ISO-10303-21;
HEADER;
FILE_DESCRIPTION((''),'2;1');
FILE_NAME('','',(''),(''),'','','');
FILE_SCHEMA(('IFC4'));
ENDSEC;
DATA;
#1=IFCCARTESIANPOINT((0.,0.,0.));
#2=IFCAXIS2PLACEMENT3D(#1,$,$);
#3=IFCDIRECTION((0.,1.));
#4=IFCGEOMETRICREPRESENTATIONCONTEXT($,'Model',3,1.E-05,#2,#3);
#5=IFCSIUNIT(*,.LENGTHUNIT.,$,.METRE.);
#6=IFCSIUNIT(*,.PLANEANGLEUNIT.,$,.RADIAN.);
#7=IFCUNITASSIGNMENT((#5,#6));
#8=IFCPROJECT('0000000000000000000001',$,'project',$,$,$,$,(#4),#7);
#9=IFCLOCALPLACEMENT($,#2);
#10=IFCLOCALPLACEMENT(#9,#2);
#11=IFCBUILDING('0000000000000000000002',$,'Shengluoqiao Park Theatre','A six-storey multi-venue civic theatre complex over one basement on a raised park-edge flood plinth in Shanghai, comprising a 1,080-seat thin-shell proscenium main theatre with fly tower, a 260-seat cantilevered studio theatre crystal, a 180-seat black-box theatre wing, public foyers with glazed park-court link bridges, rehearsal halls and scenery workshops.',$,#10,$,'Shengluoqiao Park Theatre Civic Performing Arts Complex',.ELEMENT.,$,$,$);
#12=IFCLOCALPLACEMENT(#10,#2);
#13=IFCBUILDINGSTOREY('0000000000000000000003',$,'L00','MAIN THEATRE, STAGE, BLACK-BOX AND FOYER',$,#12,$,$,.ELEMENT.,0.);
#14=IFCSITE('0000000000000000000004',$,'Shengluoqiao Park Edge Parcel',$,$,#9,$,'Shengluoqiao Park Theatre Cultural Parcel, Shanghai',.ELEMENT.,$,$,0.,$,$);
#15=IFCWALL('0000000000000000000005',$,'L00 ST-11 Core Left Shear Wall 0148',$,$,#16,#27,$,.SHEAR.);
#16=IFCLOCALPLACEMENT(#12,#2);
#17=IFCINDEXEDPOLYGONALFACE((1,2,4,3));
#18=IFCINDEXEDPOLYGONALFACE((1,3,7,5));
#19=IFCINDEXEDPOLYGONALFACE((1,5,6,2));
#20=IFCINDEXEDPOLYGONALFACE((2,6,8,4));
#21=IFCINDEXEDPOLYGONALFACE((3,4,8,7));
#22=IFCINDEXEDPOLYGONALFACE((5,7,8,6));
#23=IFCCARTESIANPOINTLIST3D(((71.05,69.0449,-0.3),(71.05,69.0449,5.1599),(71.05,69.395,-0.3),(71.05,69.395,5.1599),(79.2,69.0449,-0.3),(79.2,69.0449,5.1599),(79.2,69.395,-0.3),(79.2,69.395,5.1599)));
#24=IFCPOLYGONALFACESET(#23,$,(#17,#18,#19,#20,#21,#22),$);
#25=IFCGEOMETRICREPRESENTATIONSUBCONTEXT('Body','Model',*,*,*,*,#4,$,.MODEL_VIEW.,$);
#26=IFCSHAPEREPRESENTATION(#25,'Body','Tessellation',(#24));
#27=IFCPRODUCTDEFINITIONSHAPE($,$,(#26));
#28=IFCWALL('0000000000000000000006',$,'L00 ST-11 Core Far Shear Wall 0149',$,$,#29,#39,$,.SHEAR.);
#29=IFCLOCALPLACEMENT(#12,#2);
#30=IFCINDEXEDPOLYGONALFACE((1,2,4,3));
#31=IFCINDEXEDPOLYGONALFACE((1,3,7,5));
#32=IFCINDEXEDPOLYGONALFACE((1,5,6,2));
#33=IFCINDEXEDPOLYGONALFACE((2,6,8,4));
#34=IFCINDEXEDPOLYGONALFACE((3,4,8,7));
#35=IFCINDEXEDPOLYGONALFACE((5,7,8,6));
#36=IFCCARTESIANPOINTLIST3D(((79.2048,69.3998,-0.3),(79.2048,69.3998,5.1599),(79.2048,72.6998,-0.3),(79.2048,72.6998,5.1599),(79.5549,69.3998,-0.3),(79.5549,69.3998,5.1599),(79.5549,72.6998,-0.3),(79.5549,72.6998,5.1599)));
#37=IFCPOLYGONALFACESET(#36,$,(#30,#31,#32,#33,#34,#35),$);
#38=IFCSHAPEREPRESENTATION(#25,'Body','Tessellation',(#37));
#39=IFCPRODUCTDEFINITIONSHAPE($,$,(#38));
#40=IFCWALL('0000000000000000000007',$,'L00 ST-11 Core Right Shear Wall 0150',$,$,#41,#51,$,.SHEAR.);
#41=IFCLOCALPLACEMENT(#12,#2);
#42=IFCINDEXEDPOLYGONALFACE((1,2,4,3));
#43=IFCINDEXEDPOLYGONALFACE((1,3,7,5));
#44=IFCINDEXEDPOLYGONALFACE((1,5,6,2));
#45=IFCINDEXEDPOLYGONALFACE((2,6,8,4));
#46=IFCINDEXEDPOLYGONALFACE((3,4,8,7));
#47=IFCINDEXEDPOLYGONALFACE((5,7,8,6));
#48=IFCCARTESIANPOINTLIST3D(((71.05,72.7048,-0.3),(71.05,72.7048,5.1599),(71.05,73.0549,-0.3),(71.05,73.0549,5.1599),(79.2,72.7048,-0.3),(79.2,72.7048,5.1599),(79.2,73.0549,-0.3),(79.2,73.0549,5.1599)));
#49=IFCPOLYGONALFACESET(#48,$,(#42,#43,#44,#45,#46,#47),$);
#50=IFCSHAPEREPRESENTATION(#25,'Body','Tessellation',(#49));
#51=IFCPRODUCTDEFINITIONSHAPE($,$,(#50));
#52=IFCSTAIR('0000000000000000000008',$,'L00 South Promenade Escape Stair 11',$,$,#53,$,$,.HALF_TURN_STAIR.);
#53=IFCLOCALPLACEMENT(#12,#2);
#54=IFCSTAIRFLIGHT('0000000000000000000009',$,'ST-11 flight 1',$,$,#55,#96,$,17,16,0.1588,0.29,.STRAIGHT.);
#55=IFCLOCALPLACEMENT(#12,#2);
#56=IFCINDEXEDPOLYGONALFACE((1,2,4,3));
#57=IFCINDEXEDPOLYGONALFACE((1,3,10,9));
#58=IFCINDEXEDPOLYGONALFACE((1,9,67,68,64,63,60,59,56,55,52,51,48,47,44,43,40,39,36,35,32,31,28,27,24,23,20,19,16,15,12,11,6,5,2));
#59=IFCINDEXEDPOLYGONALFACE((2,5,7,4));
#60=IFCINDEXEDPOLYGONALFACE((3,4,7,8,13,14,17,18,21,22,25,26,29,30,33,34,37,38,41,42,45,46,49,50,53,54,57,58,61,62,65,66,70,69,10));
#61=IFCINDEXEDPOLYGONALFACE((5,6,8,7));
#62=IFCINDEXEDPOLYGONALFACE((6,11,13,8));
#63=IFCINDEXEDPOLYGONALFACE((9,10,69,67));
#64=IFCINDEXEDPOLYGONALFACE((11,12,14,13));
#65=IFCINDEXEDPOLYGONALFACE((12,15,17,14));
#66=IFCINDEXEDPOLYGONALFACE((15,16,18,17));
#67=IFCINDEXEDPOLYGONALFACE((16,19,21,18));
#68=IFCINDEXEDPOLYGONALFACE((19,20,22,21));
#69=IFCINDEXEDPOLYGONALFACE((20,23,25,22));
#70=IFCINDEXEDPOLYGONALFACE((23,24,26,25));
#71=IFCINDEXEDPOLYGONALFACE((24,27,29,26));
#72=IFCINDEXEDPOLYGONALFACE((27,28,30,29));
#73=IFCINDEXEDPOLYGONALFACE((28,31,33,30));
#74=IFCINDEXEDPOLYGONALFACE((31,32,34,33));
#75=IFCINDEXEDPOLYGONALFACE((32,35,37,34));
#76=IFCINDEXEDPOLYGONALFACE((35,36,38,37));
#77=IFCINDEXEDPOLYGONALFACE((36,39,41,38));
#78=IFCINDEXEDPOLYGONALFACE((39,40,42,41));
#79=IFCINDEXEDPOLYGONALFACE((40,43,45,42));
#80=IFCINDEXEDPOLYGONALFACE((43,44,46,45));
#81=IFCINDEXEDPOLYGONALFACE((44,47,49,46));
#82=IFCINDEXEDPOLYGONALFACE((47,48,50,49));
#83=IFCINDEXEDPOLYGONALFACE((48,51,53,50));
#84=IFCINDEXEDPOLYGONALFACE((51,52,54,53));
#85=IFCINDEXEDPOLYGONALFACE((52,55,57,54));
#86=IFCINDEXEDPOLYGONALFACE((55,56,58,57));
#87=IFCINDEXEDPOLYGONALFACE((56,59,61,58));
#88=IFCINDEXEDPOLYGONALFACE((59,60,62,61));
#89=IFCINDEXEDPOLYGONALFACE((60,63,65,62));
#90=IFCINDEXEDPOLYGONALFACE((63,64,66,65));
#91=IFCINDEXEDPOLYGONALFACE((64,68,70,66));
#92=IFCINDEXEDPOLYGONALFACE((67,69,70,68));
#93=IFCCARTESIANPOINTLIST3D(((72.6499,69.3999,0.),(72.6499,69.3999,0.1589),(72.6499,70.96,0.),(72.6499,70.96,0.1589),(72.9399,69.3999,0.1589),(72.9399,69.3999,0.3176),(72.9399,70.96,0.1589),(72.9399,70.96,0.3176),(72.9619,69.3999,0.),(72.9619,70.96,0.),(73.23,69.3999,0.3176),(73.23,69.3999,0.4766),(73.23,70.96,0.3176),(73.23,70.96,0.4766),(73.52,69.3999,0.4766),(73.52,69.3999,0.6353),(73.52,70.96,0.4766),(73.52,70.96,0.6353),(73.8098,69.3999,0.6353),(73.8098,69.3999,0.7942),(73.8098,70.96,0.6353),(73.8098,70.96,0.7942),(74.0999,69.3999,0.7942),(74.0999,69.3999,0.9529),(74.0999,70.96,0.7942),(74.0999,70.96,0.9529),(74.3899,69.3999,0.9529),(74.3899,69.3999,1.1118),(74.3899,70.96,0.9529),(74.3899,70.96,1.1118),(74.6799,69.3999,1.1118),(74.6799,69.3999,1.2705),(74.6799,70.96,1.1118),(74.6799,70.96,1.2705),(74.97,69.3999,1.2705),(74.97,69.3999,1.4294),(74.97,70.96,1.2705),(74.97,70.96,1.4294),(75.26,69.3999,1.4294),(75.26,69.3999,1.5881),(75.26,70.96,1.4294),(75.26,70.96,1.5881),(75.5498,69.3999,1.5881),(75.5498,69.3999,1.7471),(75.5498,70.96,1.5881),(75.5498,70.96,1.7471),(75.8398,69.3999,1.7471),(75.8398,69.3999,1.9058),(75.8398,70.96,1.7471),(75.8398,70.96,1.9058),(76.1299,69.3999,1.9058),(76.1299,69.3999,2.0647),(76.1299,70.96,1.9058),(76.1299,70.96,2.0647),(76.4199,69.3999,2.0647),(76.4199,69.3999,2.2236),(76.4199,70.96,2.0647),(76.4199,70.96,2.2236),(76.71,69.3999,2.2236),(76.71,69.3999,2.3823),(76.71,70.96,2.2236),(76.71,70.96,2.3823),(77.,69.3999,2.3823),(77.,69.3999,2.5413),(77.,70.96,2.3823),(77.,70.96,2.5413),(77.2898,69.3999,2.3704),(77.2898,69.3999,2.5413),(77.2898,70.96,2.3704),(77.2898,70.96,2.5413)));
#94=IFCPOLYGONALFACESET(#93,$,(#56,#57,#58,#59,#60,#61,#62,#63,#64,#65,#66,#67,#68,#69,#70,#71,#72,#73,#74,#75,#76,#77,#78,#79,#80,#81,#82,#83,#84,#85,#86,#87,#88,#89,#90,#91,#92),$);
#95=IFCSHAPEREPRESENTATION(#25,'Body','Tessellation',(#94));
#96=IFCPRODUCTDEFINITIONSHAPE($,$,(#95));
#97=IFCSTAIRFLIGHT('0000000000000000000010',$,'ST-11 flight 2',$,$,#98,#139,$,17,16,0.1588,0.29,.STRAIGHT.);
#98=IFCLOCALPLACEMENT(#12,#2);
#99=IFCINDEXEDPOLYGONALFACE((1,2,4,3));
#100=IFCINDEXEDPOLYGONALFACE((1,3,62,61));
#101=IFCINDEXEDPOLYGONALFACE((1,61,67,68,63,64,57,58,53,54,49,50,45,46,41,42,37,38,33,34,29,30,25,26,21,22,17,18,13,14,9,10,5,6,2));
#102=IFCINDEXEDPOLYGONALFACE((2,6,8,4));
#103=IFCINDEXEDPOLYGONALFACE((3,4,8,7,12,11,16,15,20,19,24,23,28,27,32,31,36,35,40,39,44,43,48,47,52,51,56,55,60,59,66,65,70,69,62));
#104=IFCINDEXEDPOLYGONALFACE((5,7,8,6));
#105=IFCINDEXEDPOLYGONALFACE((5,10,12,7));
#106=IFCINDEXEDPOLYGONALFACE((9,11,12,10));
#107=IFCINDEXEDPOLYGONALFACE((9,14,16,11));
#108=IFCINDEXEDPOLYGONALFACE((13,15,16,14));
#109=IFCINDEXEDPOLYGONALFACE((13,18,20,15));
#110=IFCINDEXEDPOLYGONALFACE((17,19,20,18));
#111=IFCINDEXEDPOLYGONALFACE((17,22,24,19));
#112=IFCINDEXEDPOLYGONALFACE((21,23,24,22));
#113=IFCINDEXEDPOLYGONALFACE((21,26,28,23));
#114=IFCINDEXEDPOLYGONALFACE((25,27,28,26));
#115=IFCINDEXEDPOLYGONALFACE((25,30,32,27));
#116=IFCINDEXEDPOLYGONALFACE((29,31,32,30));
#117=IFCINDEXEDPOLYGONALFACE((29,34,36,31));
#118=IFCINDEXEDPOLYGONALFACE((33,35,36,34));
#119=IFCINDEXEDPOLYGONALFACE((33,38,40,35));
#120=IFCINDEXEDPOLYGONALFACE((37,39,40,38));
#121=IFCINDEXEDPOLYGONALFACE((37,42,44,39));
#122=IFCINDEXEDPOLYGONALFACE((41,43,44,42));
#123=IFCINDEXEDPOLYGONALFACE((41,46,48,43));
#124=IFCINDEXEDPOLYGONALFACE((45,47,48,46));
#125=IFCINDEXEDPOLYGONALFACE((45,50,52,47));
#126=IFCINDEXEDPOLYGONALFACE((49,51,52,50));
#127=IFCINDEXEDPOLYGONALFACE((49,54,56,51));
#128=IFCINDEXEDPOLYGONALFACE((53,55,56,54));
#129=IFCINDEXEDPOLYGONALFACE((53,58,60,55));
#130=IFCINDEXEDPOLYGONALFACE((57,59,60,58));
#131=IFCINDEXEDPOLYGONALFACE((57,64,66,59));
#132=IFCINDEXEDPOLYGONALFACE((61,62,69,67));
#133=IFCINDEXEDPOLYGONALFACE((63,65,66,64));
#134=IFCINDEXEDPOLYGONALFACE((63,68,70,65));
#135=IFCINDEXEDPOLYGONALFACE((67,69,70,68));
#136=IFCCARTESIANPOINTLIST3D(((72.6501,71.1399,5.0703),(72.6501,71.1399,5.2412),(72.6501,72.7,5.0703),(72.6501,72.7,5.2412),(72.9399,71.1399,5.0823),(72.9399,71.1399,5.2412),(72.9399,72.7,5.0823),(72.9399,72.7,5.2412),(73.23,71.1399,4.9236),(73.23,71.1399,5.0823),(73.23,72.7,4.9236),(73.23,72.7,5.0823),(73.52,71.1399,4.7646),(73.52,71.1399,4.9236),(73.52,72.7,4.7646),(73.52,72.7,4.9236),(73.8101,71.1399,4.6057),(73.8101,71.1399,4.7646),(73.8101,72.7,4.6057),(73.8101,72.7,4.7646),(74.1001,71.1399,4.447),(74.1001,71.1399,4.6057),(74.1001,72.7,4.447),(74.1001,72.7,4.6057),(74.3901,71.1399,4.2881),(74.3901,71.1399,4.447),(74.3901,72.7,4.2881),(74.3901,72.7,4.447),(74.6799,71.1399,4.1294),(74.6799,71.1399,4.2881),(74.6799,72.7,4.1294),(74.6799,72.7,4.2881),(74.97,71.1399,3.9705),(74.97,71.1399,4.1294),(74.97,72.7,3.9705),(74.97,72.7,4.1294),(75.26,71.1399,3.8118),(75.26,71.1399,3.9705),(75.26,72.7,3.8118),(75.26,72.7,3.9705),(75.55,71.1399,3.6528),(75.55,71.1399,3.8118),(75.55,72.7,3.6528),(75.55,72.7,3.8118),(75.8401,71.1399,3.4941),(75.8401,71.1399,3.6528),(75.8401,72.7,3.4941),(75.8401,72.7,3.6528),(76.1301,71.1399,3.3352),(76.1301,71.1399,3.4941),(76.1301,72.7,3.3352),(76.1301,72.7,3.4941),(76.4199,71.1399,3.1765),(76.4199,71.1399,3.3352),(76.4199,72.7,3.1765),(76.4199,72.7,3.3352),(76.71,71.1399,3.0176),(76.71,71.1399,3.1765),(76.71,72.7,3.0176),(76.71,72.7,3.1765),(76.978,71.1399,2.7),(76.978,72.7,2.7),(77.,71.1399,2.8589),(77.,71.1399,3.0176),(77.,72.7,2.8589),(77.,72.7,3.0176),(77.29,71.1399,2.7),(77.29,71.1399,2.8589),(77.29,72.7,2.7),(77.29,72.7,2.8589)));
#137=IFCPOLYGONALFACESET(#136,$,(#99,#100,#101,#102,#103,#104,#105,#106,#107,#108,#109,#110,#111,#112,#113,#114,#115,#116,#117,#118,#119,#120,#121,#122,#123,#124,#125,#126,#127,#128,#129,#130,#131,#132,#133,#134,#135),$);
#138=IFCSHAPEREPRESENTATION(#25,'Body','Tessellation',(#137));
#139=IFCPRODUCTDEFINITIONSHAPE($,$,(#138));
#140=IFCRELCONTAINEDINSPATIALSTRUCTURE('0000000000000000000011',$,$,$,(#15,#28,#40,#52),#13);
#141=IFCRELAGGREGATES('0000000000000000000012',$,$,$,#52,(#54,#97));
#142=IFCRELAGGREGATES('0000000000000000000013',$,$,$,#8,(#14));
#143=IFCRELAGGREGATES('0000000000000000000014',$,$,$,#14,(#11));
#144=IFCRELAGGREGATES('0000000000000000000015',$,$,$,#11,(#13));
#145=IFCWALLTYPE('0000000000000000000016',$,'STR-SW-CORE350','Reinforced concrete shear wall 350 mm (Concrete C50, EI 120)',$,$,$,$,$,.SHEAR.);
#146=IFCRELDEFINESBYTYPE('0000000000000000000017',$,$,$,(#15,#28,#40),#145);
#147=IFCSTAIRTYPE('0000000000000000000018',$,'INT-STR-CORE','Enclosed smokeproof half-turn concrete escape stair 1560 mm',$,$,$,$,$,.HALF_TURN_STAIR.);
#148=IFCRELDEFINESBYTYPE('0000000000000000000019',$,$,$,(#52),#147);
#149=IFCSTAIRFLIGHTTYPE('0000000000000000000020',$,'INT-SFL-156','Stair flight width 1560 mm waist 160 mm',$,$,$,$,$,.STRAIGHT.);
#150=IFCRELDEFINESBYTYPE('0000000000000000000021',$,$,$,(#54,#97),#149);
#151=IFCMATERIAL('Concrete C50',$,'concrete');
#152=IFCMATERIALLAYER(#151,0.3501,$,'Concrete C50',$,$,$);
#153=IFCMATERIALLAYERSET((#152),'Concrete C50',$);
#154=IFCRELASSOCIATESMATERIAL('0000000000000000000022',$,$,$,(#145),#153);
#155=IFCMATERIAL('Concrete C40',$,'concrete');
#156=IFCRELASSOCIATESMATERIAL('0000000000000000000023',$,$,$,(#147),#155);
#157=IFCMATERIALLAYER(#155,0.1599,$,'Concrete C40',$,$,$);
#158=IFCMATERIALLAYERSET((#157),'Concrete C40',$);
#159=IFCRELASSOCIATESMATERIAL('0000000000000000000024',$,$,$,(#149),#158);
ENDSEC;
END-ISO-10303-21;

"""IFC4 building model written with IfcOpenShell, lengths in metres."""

from ifc_helpers import new_model, si_unit, direction, frame, frame_2d, origin, place, context, subcontext, project, spatial, polyline, rectangle, outline, extrude, material, layer, layer_set, type_object, element, aggregate, save


model = new_model("IFC4")

# Units and contexts
model_context = context("Model", 3, precision=1e-05, world=origin(), true_north=direction((0.0, 1.0)))
body_context = subcontext(model_context, "Body", "Model", "MODEL_VIEW")
ifc_project = project(units=[si_unit("LENGTHUNIT", "METRE"), si_unit("PLANEANGLEUNIT", "RADIAN")], contexts=[model_context])

# Site, building, storey
site_placement = place(None, origin())
site = spatial("IfcSite", under=ifc_project, at=site_placement, Name="Shengluoqiao Park Edge Parcel", LongName="Shengluoqiao Park Theatre Cultural Parcel, Shanghai", CompositionType="ELEMENT", RefElevation=0.0)
building_placement = place(site_placement, origin())
building = spatial("IfcBuilding", under=site, at=building_placement, Name="Shengluoqiao Park Theatre", Description="A six-storey multi-venue civic theatre complex over one basement on a raised park-edge flood plinth in Shanghai, comprising a 1,080-seat thin-shell proscenium main theatre with fly tower, a 260-seat cantilevered studio theatre crystal, a 180-seat black-box theatre wing, public foyers with glazed park-court link bridges, rehearsal halls and scenery workshops.", LongName="Shengluoqiao Park Theatre Civic Performing Arts Complex", CompositionType="ELEMENT")
storey_placement = place(building_placement, origin())
storey = spatial("IfcBuildingStorey", under=building, at=storey_placement, Name="L00", Description="MAIN THEATRE, STAGE, BLACK-BOX AND FOYER", CompositionType="ELEMENT", Elevation=0.0)

# Shared definitions
ifc_material_1 = material(Name="Concrete C40", Category="concrete")

# Shared definitions
ifc_material_2 = material(Name="Concrete C50", Category="concrete")

# Walls
ifc_layer_1 = layer(ifc_material_2, 0.3501, Name="Concrete C50")
ifc_layer_set_1 = layer_set([ifc_layer_1], Name="Concrete C50")
wall_type_1 = type_object("IfcWallType", Name="STR-SW-CORE350", Description="Reinforced concrete shear wall 350 mm (Concrete C50, EI 120)", PredefinedType="SHEAR", material=ifc_layer_set_1)
wall_1_placement = place(storey_placement, frame((71.05, 69.22, -0.3), z_axis=(0.0, 0.0, 1.0), x_axis=(1.0, 0.0, 0.0)))
element("IfcWall", 1, at=wall_1_placement, inside=storey, type_object=wall_type_1, Name="L00 ST-11 Core Left Shear Wall 0148", PredefinedType="SHEAR", context=body_context, shape_type="SweptSolid", body=[
    extrude(rectangle(XDim=8.1499, YDim=0.3501, at=frame_2d((4.075, 0.0))), origin(), (0.0, 0.0, 1.0), 5.46),
])
wall_2_placement = place(storey_placement, frame((79.3799, 69.3999, -0.3), z_axis=(0.0, 0.0, 1.0), x_axis=(0.0, 1.0, 0.0)))
element("IfcWall", 2, at=wall_2_placement, inside=storey, type_object=wall_type_1, Name="L00 ST-11 Core Far Shear Wall 0149", PredefinedType="SHEAR", context=body_context, shape_type="SweptSolid", body=[
    extrude(rectangle(XDim=3.3, YDim=0.3501, at=frame_2d((1.6499, 0.0))), origin(), (0.0, 0.0, 1.0), 5.46),
])
wall_3_placement = place(storey_placement, frame((79.2, 72.8799, -0.3), z_axis=(0.0, 0.0, 1.0), x_axis=(-1.0, 0.0, 0.0)))
element("IfcWall", 3, at=wall_3_placement, inside=storey, type_object=wall_type_1, Name="L00 ST-11 Core Right Shear Wall 0150", PredefinedType="SHEAR", context=body_context, shape_type="SweptSolid", body=[
    extrude(rectangle(XDim=8.1499, YDim=0.3501, at=frame_2d((4.075, 0.0))), origin(), (0.0, 0.0, 1.0), 5.46),
])

# Stair, stair flights
stair_type = type_object("IfcStairType", Name="INT-STR-CORE", Description="Enclosed smokeproof half-turn concrete escape stair 1560 mm", PredefinedType="HALF_TURN_STAIR", material=ifc_material_1)
stair_placement = place(storey_placement, origin())
stair = element("IfcStair", 4, at=stair_placement, inside=storey, type_object=stair_type, Name="L00 South Promenade Escape Stair 11", PredefinedType="HALF_TURN_STAIR")
ifc_layer_2 = layer(ifc_material_1, 0.1599, Name="Concrete C40")
ifc_layer_set_2 = layer_set([ifc_layer_2], Name="Concrete C40")
stair_flight_type = type_object("IfcStairFlightType", Name="INT-SFL-156", Description="Stair flight width 1560 mm waist 160 mm", PredefinedType="STRAIGHT", material=ifc_layer_set_2)
stair_flight_1_placement = place(storey_placement, frame((72.6499, 70.1799, 0.0), z_axis=(0.0, 0.0, 1.0), x_axis=(1.0, 0.0, 0.0)))
stair_flight_1 = element("IfcStairFlight", 5, at=stair_flight_1_placement, type_object=stair_flight_type, Name="ST-11 flight 1", NumberOfRisers=17, NumberOfTreads=16, PredefinedType="STRAIGHT", RiserHeight=0.1588, TreadLength=0.29, context=body_context, shape_type="SweptSolid", body=[
    extrude(outline(polyline([(0.0, 0.0), (0.0, 0.1589), (0.29, 0.1589), (0.29, 0.3176), (0.5801, 0.3176), (0.5801, 0.4766), (0.8701, 0.4766), (0.8701, 0.6353), (1.1599, 0.6353), (1.1599, 0.7942), (1.45, 0.7942), (1.45, 0.9529), (1.74, 0.9529), (1.74, 1.1118), (2.03, 1.1118), (2.03, 1.2705), (2.3201, 1.2705), (2.3201, 1.4294), (2.6101, 1.4294), (2.6101, 1.5881), (2.8999, 1.5881), (2.8999, 1.7471), (3.1899, 1.7471), (3.1899, 1.9058), (3.48, 1.9058), (3.48, 2.0647), (3.77, 2.0647), (3.77, 2.2236), (4.0601, 2.2236), (4.0601, 2.3823), (4.3501, 2.3823), (4.3501, 2.5413), (4.6399, 2.5413), (4.6399, 2.7), (4.6399, 2.3704), (0.312, 0.0), (0.0, 0.0)])), frame((0.0, 0.78, 0.0), z_axis=(0.0, -1.0, 0.0), x_axis=(1.0, 0.0, 0.0)), (0.0, 0.0, 1.0), 1.5601),
])
stair_flight_2_placement = place(storey_placement, frame((77.29, 71.9199, 2.7), z_axis=(0.0, 0.0, 1.0), x_axis=(-1.0, 0.0, 0.0)))
stair_flight_2 = element("IfcStairFlight", 6, at=stair_flight_2_placement, type_object=stair_flight_type, Name="ST-11 flight 2", NumberOfRisers=17, NumberOfTreads=16, PredefinedType="STRAIGHT", RiserHeight=0.1588, TreadLength=0.29, context=body_context, shape_type="SweptSolid", body=[
    extrude(outline(polyline([(0.0, 0.0), (0.0, 0.1589), (0.29, 0.1589), (0.29, 0.3176), (0.5801, 0.3176), (0.5801, 0.4766), (0.8701, 0.4766), (0.8701, 0.6353), (1.1599, 0.6353), (1.1599, 0.7942), (1.45, 0.7942), (1.45, 0.9529), (1.74, 0.9529), (1.74, 1.1118), (2.03, 1.1118), (2.03, 1.2705), (2.3201, 1.2705), (2.3201, 1.4294), (2.6101, 1.4294), (2.6101, 1.5881), (2.8999, 1.5881), (2.8999, 1.7471), (3.1899, 1.7471), (3.1899, 1.9058), (3.48, 1.9058), (3.48, 2.0647), (3.77, 2.0647), (3.77, 2.2236), (4.0601, 2.2236), (4.0601, 2.3823), (4.3501, 2.3823), (4.3501, 2.5413), (4.6399, 2.5413), (4.6399, 2.7), (4.6399, 2.3704), (0.312, 0.0), (0.0, 0.0)])), frame((0.0, 0.78, 0.0), z_axis=(0.0, -1.0, 0.0), x_axis=(1.0, 0.0, 0.0)), (0.0, 0.0, 1.0), 1.5601),
])
aggregate(stair, [stair_flight_1, stair_flight_2])

save(model, "model.ifc")
